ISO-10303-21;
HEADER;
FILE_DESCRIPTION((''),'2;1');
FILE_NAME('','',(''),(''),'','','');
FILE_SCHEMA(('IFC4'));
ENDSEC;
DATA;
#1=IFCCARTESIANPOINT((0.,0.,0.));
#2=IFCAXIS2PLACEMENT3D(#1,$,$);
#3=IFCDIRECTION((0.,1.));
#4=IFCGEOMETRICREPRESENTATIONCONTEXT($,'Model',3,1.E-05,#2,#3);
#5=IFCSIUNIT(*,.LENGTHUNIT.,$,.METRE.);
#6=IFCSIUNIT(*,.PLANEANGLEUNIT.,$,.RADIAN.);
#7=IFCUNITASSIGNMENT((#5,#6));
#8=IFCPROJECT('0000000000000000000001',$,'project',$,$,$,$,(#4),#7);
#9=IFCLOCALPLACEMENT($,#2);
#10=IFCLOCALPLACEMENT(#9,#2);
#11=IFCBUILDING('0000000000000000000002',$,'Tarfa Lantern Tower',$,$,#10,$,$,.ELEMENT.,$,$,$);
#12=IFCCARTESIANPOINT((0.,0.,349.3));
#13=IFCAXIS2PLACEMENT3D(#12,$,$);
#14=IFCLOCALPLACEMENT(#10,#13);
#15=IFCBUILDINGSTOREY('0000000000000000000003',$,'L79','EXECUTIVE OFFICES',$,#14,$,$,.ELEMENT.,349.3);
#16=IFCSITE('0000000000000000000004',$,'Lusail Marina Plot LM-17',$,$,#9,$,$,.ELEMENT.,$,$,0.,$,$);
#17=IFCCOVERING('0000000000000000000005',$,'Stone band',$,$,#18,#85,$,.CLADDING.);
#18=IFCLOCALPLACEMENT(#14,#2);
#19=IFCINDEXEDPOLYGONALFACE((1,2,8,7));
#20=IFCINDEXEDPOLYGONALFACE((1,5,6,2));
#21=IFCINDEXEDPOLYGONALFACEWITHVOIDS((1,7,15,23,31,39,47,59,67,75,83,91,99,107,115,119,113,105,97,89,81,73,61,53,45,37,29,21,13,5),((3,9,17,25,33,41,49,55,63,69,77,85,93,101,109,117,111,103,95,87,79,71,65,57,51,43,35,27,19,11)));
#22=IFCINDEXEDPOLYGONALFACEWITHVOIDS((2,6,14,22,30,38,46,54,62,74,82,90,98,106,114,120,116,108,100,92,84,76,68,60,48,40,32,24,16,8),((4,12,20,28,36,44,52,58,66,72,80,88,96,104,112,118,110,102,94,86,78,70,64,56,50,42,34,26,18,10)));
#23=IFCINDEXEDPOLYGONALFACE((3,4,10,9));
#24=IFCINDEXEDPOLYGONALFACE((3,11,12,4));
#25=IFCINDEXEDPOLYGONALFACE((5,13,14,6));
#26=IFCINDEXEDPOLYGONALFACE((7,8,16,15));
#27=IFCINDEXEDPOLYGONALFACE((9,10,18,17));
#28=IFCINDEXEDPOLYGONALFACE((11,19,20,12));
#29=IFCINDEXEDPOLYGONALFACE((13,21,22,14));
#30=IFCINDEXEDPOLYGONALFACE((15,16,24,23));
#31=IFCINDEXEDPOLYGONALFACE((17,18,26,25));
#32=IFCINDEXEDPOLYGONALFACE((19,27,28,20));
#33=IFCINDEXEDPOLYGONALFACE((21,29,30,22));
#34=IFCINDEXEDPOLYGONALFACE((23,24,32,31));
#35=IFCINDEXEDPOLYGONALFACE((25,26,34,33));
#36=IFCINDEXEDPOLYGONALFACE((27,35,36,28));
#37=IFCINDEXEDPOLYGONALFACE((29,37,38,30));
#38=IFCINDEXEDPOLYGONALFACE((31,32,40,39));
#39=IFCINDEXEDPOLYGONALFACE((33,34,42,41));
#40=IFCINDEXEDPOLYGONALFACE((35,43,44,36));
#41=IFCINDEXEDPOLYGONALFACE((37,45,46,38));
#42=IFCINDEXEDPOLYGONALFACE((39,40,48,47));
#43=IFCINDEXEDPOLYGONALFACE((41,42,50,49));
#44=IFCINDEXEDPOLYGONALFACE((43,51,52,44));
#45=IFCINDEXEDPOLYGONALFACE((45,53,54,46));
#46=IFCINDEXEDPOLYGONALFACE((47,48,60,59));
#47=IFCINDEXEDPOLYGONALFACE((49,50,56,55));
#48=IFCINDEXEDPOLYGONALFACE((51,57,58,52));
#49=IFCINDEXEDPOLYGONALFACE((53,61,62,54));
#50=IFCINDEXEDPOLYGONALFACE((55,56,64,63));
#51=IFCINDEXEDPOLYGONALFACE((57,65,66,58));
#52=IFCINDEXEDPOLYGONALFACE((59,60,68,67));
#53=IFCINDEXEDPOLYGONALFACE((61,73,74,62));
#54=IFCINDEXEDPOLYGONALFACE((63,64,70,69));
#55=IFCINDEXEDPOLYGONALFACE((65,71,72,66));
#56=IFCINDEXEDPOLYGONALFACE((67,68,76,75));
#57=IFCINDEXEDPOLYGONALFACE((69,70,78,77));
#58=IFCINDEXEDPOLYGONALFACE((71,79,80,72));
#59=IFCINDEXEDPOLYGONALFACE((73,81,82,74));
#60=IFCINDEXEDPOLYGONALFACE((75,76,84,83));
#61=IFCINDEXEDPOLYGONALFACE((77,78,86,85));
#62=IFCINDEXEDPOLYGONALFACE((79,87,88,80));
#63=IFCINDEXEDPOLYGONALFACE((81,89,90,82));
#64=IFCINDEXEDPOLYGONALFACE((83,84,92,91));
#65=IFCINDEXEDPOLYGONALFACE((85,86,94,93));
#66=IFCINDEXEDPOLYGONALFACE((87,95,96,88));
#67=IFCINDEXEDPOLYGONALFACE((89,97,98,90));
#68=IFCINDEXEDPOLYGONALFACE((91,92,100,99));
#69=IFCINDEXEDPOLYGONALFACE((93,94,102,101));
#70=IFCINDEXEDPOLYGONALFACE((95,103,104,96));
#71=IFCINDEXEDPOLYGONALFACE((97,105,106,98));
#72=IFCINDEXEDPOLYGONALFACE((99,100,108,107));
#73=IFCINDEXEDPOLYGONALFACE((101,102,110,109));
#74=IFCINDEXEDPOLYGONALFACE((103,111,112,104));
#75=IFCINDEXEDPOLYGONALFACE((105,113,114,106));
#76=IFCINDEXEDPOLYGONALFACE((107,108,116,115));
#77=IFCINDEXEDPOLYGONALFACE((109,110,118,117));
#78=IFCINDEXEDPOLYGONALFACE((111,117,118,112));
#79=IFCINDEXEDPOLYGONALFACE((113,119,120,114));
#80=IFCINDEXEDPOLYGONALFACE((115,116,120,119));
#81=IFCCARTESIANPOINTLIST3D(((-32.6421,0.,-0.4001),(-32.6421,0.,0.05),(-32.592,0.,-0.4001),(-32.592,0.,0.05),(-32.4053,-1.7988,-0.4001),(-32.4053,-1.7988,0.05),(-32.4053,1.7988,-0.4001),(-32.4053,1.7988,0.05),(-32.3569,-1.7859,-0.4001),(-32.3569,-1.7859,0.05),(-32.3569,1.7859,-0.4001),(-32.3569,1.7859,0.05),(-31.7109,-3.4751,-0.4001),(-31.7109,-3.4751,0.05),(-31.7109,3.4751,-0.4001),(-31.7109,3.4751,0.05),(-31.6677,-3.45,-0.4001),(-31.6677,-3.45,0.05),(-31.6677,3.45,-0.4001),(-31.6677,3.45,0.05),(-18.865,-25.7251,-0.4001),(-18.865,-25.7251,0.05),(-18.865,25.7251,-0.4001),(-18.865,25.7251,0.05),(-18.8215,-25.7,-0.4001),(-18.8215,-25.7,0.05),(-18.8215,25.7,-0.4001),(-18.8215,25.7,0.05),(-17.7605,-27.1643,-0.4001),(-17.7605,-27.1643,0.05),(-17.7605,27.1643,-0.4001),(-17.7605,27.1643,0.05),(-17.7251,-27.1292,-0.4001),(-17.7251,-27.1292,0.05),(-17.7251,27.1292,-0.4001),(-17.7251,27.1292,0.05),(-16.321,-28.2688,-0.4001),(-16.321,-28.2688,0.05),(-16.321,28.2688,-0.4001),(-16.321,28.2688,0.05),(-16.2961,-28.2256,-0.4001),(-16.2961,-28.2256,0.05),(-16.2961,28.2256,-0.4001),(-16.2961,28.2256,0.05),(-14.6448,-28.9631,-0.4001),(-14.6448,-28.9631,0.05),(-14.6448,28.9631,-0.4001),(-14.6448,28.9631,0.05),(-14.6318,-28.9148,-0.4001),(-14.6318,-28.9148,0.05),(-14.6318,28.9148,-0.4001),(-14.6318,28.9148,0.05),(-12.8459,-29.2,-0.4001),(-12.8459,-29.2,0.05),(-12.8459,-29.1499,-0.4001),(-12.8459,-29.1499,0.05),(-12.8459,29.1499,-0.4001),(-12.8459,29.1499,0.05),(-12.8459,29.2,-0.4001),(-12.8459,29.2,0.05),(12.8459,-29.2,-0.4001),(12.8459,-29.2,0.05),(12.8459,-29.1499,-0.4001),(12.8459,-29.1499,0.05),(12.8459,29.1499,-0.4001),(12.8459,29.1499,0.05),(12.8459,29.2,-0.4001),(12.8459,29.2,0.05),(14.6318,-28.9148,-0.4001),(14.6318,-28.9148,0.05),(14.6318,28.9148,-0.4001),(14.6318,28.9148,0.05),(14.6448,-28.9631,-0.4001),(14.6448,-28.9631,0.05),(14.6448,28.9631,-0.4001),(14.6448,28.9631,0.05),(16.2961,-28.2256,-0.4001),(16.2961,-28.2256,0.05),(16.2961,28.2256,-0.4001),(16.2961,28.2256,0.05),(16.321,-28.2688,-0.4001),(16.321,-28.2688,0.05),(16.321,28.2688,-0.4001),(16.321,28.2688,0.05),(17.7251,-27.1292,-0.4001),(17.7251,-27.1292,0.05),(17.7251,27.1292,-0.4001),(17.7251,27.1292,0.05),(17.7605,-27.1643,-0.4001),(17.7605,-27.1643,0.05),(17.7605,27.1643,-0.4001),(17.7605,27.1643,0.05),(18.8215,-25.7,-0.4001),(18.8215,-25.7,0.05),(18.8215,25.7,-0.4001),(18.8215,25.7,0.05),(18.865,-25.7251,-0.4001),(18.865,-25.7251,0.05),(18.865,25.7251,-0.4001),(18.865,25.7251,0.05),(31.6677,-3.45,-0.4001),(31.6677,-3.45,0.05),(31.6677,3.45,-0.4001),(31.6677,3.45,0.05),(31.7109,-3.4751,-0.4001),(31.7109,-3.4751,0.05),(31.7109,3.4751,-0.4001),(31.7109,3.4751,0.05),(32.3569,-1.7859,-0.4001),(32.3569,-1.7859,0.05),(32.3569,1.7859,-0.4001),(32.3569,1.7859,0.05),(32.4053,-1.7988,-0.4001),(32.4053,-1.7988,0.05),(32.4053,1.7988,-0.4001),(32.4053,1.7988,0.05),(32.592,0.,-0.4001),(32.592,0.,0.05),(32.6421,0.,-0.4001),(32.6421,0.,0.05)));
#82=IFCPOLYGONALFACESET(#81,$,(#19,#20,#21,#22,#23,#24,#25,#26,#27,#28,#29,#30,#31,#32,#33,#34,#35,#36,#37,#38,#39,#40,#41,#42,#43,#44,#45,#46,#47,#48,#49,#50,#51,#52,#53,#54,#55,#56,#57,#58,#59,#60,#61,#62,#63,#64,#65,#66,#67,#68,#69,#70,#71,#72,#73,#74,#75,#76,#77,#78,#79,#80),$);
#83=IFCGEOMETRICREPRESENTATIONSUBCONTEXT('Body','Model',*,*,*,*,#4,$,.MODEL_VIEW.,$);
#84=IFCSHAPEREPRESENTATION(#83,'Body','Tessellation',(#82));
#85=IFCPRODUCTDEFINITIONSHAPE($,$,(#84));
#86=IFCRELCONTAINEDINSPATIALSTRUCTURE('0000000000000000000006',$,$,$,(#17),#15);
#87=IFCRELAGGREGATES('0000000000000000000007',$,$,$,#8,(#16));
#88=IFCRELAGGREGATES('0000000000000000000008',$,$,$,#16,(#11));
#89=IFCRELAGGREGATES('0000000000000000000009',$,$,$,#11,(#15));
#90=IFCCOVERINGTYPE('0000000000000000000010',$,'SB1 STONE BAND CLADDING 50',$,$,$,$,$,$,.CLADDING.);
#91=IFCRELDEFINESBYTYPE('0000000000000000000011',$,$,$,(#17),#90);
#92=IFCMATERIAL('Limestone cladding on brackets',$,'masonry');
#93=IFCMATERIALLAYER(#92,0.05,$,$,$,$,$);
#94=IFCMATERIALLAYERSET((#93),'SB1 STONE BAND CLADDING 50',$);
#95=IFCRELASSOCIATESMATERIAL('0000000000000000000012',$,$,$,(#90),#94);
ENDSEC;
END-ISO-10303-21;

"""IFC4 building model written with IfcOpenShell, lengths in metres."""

from ifc_helpers import new_model, si_unit, direction, frame, origin, place, context, subcontext, project, spatial, polyline, outline, extrude, material, layer, layer_set, type_object, element, save


model = new_model("IFC4")

# Units and contexts
model_context = context("Model", 3, precision=1e-05, world=origin(), true_north=direction((0.0, 1.0)))
body_context = subcontext(model_context, "Body", "Model", "MODEL_VIEW")
ifc_project = project(units=[si_unit("LENGTHUNIT", "METRE"), si_unit("PLANEANGLEUNIT", "RADIAN")], contexts=[model_context])

# Site, building, storey
site_placement = place(None, origin())
site = spatial("IfcSite", under=ifc_project, at=site_placement, Name="Lusail Marina Plot LM-17", CompositionType="ELEMENT", RefElevation=0.0)
building_placement = place(site_placement, origin())
building = spatial("IfcBuilding", under=site, at=building_placement, Name="Tarfa Lantern Tower", CompositionType="ELEMENT")
storey_placement = place(building_placement, frame((0.0, 0.0, 349.3)))
storey = spatial("IfcBuildingStorey", under=building, at=storey_placement, Name="L79", Description="EXECUTIVE OFFICES", CompositionType="ELEMENT", Elevation=349.3)

# Covering
ifc_material_1 = material(Name="Limestone cladding on brackets", Category="masonry")
ifc_layer_1 = layer(ifc_material_1, 0.05)
ifc_layer_set_1 = layer_set([ifc_layer_1], Name="SB1 STONE BAND CLADDING 50")
covering_type_1 = type_object("IfcCoveringType", Name="SB1 STONE BAND CLADDING 50", PredefinedType="CLADDING", material=ifc_layer_set_1)
covering_1_placement = place(storey_placement, frame((0.0, 0.0, -0.4001)))
element("IfcCovering", 1, at=covering_1_placement, inside=storey, type_object=covering_type_1, Name="Stone band", PredefinedType="CLADDING", context=body_context, shape_type="SweptSolid", body=[
    extrude(outline(polyline([(31.7109, 3.4751), (18.865, 25.7251), (17.7605, 27.1643), (16.321, 28.2688), (14.6448, 28.9631), (12.8459, 29.2), (-12.8459, 29.2), (-14.6448, 28.9631), (-16.321, 28.2688), (-17.7605, 27.1643), (-18.865, 25.7251), (-31.7109, 3.4751), (-32.4053, 1.7988), (-32.6421, 0.0), (-32.4053, -1.7988), (-31.7109, -3.4751), (-18.865, -25.7251), (-17.7605, -27.1643), (-16.321, -28.2688), (-14.6448, -28.9631), (-12.8459, -29.2), (12.8459, -29.2), (14.6448, -28.9631), (16.321, -28.2688), (17.7605, -27.1643), (18.865, -25.7251), (31.7109, -3.4751), (32.4053, -1.7988), (32.6421, 0.0), (32.4053, 1.7988), (31.7109, 3.4751)]), holes=[polyline([(31.6677, 3.45), (18.8215, 25.7), (17.7251, 27.1292), (16.2961, 28.2256), (14.6318, 28.9148), (12.8459, 29.1499), (-12.8459, 29.1499), (-14.6318, 28.9148), (-16.2961, 28.2256), (-17.7251, 27.1292), (-18.8215, 25.7), (-31.6677, 3.45), (-32.3569, 1.7859), (-32.592, 0.0), (-32.3569, -1.7859), (-31.6677, -3.45), (-18.8215, -25.7), (-17.7251, -27.1292), (-16.2961, -28.2256), (-14.6318, -28.9148), (-12.8459, -29.1499), (12.8459, -29.1499), (14.6318, -28.9148), (16.2961, -28.2256), (17.7251, -27.1292), (18.8215, -25.7), (31.6677, -3.45), (32.3569, -1.7859), (32.592, 0.0), (32.3569, 1.7859), (31.6677, 3.45)])]), origin(), (0.0, 0.0, 1.0), 0.4502),
])

save(model, "model.ifc")
